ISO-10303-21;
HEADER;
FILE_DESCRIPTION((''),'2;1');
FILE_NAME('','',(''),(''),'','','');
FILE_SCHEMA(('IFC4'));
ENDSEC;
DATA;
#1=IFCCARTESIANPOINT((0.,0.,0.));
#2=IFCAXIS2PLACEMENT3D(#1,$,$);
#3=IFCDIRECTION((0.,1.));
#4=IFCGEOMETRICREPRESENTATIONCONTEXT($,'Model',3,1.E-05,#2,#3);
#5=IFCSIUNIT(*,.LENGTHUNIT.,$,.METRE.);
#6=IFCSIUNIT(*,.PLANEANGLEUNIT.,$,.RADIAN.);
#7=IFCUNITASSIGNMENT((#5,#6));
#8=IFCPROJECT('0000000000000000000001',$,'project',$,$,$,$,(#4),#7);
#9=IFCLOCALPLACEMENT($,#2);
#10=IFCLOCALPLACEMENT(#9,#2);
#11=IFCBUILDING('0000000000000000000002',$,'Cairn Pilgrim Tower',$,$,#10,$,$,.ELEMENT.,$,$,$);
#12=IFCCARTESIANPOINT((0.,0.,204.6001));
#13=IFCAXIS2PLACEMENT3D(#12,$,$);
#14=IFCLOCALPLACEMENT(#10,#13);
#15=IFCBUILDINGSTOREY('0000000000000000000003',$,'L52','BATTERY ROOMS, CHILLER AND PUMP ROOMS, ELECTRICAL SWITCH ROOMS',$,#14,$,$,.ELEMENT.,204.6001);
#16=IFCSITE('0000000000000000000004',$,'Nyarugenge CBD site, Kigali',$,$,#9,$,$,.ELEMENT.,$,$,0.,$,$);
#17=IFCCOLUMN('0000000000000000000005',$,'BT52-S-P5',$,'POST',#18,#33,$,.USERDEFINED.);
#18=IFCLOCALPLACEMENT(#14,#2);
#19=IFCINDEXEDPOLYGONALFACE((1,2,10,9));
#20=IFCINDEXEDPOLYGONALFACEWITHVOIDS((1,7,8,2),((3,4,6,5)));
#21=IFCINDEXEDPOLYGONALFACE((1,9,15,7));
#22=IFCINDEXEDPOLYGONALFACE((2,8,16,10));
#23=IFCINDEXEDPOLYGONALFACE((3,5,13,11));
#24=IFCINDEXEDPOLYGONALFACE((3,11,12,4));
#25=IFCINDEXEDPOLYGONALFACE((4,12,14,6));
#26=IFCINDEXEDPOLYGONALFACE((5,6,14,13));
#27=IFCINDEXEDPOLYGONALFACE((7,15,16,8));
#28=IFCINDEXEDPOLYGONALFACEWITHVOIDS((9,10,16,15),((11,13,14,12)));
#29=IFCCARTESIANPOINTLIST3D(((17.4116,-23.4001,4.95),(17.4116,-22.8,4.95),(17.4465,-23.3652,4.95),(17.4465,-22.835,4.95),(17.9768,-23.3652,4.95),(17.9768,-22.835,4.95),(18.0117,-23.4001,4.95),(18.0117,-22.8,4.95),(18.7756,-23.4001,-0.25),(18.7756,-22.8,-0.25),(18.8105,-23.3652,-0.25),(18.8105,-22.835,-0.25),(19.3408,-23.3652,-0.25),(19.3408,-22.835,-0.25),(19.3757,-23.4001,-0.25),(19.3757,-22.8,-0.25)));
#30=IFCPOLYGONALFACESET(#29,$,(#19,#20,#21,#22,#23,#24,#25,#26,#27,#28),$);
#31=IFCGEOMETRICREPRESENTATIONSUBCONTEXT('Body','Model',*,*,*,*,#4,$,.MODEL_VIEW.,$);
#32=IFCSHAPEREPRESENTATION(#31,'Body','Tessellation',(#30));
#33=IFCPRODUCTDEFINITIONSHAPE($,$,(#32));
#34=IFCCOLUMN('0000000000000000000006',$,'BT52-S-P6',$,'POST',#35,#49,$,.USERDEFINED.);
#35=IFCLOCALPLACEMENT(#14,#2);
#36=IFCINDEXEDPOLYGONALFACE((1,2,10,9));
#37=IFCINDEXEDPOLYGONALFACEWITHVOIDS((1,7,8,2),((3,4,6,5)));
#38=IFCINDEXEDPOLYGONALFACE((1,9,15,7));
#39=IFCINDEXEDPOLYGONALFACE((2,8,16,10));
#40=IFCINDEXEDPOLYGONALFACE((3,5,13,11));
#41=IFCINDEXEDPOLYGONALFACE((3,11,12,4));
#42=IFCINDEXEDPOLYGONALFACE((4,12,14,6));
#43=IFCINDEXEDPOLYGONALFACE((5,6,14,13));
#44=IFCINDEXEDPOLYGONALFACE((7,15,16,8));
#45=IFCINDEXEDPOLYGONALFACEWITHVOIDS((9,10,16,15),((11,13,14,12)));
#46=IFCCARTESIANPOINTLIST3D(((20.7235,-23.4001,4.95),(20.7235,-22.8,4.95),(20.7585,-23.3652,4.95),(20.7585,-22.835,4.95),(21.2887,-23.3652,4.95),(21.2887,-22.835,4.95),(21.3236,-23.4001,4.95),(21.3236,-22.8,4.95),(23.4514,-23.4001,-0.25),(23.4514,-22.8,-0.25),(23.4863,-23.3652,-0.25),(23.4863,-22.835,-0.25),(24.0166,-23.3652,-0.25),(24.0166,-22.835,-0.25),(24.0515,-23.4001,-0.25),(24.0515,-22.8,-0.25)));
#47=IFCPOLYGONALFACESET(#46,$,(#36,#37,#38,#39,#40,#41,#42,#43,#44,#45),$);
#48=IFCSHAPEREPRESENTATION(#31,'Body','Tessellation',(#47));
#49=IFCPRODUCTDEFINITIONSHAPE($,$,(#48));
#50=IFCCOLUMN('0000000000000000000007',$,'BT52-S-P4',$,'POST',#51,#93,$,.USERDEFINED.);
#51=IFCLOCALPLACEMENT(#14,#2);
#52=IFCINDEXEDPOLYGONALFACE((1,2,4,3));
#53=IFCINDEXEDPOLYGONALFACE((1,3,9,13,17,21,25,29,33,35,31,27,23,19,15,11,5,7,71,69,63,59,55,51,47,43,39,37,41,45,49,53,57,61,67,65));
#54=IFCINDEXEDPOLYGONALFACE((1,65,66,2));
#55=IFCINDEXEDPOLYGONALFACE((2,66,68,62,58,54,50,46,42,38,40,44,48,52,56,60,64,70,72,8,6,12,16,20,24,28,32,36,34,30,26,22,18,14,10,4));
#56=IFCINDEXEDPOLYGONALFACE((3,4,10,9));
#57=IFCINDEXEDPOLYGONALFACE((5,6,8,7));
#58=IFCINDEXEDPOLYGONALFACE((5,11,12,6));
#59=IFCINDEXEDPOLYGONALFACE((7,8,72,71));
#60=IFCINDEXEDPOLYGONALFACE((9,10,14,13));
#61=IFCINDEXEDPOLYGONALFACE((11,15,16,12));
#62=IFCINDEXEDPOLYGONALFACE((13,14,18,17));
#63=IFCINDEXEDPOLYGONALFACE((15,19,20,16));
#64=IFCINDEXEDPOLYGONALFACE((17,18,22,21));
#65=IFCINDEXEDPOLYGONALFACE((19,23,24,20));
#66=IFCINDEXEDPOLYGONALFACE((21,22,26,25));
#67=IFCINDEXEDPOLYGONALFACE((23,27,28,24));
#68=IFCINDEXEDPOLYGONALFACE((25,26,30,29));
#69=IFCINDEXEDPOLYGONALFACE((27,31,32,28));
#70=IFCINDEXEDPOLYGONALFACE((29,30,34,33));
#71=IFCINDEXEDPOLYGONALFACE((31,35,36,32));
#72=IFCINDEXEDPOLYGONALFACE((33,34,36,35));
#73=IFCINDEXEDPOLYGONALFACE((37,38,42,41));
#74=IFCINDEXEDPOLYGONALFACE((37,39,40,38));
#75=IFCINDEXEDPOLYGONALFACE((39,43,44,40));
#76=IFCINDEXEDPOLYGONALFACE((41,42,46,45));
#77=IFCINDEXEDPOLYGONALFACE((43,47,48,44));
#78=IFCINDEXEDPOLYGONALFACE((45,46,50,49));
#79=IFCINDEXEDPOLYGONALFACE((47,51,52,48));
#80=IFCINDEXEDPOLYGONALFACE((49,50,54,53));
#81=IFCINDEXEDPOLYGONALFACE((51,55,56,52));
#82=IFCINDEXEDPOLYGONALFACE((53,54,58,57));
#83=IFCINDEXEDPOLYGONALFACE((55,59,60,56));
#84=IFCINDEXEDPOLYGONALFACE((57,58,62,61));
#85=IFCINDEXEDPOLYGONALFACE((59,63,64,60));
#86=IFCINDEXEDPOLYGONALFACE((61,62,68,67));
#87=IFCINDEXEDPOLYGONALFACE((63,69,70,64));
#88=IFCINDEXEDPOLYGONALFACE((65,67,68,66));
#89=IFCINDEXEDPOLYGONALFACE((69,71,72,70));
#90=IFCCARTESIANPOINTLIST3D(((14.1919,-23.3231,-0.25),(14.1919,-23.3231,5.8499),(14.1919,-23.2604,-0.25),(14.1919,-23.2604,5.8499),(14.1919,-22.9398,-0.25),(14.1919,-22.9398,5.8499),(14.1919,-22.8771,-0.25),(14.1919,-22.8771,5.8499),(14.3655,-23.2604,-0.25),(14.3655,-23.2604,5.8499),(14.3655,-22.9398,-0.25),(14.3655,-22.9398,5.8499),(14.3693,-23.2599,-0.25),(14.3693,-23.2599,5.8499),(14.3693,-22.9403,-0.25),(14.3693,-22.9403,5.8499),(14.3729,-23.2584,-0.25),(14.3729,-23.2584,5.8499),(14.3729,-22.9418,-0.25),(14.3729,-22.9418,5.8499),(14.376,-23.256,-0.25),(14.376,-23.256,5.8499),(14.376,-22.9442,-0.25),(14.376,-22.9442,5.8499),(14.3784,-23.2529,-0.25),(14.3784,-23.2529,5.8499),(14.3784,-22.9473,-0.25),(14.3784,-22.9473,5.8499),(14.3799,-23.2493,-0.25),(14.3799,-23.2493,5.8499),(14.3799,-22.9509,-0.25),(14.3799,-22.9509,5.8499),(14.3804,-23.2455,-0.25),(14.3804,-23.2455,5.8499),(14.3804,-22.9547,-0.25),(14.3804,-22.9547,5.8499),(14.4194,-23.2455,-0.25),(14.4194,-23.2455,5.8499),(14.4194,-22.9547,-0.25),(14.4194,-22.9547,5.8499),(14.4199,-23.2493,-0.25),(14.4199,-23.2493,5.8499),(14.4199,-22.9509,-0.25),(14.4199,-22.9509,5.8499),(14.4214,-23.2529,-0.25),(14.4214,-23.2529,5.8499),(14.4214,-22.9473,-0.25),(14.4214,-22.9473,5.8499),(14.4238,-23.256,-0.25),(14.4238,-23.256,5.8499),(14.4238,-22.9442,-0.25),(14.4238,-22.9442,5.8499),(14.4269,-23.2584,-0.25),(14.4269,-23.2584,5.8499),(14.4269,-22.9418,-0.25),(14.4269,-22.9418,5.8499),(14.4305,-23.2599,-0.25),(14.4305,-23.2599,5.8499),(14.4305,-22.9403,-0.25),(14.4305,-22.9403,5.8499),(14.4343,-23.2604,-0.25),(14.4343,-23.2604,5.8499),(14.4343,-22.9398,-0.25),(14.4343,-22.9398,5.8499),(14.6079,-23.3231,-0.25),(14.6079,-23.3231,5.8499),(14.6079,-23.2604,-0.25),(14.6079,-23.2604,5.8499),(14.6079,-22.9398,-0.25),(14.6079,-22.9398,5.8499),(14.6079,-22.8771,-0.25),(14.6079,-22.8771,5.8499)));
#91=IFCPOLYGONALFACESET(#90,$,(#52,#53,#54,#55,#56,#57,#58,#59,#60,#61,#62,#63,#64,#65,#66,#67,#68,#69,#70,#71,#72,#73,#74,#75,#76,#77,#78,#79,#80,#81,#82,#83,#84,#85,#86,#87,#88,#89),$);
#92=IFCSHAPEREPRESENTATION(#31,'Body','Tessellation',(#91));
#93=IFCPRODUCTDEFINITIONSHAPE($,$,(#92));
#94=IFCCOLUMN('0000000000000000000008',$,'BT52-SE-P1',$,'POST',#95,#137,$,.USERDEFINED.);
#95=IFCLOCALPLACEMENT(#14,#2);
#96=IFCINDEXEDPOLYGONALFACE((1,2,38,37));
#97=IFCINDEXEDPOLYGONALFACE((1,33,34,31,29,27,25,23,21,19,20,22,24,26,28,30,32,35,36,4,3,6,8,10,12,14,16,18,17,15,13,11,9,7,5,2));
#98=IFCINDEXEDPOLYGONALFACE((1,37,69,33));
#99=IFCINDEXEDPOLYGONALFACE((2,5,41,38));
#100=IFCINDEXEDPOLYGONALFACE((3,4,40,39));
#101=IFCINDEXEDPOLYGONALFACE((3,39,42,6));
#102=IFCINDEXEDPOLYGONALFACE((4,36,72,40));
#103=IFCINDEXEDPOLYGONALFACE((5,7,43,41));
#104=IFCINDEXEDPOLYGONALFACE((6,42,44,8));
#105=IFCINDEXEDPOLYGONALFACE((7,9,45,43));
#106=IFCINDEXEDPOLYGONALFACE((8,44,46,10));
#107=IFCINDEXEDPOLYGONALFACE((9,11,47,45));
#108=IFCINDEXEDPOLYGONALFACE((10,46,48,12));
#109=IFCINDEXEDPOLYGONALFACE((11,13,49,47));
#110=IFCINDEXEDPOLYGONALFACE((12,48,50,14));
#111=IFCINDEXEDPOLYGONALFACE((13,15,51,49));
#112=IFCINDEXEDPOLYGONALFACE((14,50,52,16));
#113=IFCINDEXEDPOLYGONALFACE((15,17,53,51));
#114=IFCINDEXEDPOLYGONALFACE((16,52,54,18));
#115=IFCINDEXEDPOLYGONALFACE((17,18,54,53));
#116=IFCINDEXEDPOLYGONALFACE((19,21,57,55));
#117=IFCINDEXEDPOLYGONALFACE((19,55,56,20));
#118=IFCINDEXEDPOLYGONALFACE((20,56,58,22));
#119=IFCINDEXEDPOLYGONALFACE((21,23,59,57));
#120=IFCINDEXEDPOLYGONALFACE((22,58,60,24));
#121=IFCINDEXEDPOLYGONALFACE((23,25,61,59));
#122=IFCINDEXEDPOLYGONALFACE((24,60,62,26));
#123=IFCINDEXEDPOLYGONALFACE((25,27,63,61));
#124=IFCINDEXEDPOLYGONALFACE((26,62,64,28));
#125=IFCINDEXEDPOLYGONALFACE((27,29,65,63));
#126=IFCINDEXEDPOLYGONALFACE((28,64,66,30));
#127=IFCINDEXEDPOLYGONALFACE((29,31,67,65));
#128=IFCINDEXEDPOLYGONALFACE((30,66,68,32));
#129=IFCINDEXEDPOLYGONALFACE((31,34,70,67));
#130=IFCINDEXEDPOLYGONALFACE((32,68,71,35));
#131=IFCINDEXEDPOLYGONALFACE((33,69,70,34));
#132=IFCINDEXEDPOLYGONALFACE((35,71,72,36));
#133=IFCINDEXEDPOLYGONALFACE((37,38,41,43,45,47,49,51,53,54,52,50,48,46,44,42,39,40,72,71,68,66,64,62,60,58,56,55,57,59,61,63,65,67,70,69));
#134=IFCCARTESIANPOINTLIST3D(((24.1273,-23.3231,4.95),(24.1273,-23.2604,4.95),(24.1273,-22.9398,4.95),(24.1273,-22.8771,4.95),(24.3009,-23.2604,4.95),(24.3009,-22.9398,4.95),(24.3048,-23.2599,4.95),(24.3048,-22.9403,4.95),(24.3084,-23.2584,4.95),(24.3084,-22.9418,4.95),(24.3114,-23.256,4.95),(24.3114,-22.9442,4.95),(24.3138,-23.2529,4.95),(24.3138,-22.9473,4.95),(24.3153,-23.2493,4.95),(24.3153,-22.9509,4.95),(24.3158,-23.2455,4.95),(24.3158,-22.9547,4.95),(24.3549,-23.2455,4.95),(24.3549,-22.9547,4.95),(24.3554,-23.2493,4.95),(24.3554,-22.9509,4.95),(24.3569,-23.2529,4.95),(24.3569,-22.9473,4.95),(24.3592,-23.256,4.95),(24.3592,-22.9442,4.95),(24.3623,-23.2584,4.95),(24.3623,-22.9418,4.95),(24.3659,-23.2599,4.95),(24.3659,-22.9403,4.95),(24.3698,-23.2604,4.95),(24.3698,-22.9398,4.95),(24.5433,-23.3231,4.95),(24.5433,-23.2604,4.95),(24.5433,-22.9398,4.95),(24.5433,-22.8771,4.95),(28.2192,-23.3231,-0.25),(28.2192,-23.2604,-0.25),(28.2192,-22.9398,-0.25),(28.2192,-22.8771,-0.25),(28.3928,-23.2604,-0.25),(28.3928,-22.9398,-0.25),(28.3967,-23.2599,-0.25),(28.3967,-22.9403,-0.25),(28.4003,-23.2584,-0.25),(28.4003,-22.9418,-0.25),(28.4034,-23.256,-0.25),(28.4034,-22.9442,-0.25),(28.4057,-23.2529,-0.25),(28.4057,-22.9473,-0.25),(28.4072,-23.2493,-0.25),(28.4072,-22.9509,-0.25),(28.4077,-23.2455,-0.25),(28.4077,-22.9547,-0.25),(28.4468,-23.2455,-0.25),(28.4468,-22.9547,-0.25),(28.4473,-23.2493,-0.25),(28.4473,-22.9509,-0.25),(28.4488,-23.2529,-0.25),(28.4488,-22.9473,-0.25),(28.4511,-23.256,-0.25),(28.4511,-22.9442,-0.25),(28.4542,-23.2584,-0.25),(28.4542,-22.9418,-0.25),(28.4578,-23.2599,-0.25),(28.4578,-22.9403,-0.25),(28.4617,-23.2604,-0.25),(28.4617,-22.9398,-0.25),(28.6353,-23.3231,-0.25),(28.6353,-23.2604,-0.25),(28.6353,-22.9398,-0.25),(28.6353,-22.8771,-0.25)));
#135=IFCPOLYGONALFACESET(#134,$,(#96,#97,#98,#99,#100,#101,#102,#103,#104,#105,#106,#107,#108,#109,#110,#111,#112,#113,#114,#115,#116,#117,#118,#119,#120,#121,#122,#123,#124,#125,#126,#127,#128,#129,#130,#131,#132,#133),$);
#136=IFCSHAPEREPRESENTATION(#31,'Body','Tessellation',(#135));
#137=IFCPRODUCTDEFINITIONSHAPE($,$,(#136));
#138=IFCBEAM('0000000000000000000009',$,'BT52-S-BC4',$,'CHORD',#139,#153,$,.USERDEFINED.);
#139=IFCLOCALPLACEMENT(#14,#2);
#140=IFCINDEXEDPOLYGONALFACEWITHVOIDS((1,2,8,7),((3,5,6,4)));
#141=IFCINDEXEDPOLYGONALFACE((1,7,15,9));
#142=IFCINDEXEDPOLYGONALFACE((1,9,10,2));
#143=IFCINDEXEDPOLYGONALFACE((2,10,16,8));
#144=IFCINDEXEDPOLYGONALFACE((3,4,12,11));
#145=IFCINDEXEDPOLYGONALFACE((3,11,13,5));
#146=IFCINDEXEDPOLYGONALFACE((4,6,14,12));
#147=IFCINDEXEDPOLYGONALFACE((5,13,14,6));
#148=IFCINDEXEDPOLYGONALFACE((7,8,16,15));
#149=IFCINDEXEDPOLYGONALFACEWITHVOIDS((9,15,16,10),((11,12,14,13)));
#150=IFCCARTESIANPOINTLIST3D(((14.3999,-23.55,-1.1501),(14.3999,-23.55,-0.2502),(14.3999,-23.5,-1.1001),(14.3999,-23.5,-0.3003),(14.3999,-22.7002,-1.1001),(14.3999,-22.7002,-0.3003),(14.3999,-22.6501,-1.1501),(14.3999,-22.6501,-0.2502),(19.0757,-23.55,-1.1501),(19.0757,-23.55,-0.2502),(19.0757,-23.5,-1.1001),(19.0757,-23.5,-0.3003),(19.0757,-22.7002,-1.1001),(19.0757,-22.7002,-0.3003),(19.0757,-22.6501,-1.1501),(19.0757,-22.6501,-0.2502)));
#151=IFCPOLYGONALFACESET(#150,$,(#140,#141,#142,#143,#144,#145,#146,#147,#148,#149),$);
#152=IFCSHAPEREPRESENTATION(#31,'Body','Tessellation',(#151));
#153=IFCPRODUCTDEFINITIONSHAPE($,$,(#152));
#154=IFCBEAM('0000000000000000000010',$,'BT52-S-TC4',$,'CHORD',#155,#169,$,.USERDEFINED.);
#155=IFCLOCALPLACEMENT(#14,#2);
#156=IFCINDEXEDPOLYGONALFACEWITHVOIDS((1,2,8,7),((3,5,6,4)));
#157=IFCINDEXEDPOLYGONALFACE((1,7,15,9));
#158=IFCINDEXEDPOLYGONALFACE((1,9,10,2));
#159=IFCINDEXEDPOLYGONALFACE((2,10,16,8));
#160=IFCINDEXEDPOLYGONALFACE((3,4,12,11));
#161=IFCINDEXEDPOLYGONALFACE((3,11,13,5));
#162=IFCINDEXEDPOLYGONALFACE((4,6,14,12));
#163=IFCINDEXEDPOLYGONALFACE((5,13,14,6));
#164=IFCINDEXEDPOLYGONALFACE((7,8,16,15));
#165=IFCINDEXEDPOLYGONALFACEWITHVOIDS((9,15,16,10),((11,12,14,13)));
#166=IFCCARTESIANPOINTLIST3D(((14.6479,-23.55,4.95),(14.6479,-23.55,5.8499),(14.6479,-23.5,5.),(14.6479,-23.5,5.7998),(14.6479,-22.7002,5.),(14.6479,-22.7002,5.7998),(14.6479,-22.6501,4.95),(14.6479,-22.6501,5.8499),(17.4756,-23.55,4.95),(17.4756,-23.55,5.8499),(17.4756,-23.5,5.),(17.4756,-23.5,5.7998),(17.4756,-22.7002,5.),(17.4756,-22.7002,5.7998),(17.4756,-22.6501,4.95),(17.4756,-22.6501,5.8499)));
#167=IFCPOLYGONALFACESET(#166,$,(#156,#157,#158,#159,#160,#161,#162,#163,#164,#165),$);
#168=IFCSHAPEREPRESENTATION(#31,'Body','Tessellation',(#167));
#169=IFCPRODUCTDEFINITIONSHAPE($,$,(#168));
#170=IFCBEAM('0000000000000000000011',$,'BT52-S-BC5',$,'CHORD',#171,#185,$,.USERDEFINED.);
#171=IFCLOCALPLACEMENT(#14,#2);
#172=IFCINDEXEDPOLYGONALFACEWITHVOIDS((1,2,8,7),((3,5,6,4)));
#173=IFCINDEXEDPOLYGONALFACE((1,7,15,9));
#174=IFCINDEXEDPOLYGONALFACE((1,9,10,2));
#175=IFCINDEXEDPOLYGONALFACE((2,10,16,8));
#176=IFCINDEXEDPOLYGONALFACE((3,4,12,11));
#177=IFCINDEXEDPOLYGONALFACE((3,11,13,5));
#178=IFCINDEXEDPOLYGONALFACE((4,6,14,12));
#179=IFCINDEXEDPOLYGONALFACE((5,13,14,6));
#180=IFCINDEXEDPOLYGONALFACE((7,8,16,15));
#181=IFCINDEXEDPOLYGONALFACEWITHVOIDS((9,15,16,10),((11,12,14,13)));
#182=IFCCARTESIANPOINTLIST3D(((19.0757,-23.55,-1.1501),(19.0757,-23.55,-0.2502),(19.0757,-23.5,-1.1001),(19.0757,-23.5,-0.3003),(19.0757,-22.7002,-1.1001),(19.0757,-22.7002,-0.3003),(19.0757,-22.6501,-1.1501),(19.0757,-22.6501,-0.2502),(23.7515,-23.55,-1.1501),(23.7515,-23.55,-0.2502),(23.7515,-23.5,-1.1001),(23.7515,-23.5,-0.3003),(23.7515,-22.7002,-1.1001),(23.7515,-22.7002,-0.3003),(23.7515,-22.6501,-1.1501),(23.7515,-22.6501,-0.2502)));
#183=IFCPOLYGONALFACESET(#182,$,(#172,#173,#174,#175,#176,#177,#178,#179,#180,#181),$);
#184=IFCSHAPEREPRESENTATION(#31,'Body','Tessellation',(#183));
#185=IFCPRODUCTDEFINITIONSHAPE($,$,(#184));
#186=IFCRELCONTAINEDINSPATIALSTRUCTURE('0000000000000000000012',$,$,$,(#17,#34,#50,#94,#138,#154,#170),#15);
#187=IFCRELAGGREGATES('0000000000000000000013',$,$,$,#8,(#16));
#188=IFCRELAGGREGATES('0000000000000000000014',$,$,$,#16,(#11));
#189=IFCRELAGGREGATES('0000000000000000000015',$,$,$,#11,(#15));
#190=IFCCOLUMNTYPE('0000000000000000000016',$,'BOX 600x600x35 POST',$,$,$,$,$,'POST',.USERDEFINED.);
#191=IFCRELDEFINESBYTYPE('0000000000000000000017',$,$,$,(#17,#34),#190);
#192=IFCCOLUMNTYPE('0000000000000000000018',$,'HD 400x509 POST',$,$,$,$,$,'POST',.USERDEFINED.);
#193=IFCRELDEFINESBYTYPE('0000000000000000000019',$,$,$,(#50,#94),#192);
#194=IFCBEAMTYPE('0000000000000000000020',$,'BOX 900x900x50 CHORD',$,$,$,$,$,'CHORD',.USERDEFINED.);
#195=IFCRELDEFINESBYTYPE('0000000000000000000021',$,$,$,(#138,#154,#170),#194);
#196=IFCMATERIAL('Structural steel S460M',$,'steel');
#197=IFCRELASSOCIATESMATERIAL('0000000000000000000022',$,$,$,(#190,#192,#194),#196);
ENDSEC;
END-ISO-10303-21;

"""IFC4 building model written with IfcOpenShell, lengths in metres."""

from ifc_helpers import new_model, si_unit, direction, frame, origin, origin_2d, place, context, subcontext, project, spatial, hollow_rectangle, i_section, extrude, clip, halfspace, material, material_profile, profile_set, type_object, element, save


model = new_model("IFC4")

# Units and contexts
model_context = context("Model", 3, precision=1e-05, world=origin(), true_north=direction((0.0, 1.0)))
body_context = subcontext(model_context, "Body", "Model", "MODEL_VIEW")
ifc_project = project(units=[si_unit("LENGTHUNIT", "METRE"), si_unit("PLANEANGLEUNIT", "RADIAN")], contexts=[model_context])

# Site, building, storey
site_placement = place(None, origin())
site = spatial("IfcSite", under=ifc_project, at=site_placement, Name="Nyarugenge CBD site, Kigali", CompositionType="ELEMENT", RefElevation=0.0)
building_placement = place(site_placement, origin())
building = spatial("IfcBuilding", under=site, at=building_placement, Name="Cairn Pilgrim Tower", CompositionType="ELEMENT")
storey_placement = place(building_placement, frame((0.0, 0.0, 204.6001)))
storey = spatial("IfcBuildingStorey", under=building, at=storey_placement, Name="L52", Description="BATTERY ROOMS, CHILLER AND PUMP ROOMS, ELECTRICAL SWITCH ROOMS", CompositionType="ELEMENT", Elevation=204.6001)

# Columns
ifc_material_1 = material(Name="Structural steel S460M", Category="steel")
ifc_material_profile_1 = material_profile(ifc_material_1, hollow_rectangle(XDim=0.6001, YDim=0.6001, WallThickness=0.0349, at=origin_2d()), Name="BOX 600x600x35")
ifc_profile_set_1 = profile_set([ifc_material_profile_1], Name="Structural steel S460M")
column_type_1 = type_object("IfcColumnType", Name="BOX 600x600x35 POST", ElementType="POST", PredefinedType="USERDEFINED", material=ifc_profile_set_1)
column_1_placement = place(storey_placement, frame((19.0757, -23.1001, -0.25), z_axis=(0.0, 0.0, 1.0), x_axis=(1.0, 0.0, 0.0)))
element("IfcColumn", 1, at=column_1_placement, inside=storey, type_object=column_type_1, Name="BT52-S-P5", ObjectType="POST", PredefinedType="USERDEFINED", context=body_context, shape_type="Clipping", body=[
    clip(extrude(hollow_rectangle(XDim=0.6001, YDim=0.6001, WallThickness=0.0349, at=origin_2d()), origin(), (-0.253733, 0.0, 0.967274), 6.3062), halfspace(frame((0.0, 0.0, 5.2), z_axis=(0.0, 0.0, 1.0), x_axis=(1.0, 0.0, 0.0)), False)),
])
column_2_placement = place(storey_placement, frame((23.7515, -23.1001, -0.25), z_axis=(0.0, 0.0, 1.0), x_axis=(1.0, 0.0, 0.0)))
element("IfcColumn", 2, at=column_2_placement, inside=storey, type_object=column_type_1, Name="BT52-S-P6", ObjectType="POST", PredefinedType="USERDEFINED", context=body_context, shape_type="Clipping", body=[
    clip(extrude(hollow_rectangle(XDim=0.6001, YDim=0.6001, WallThickness=0.0349, at=origin_2d()), origin(), (-0.464553, 0.0, 0.885546), 6.8882), halfspace(frame((0.0, 0.0, 5.2), z_axis=(0.0, 0.0, 1.0), x_axis=(1.0, 0.0, 0.0)), False)),
])
ifc_material_profile_2 = material_profile(ifc_material_1, i_section(OverallWidth=0.416, OverallDepth=0.446, WebThickness=0.0391, FlangeThickness=0.0627, FilletRadius=0.0149, at=origin_2d()), Name="HD 400x509")
ifc_profile_set_2 = profile_set([ifc_material_profile_2], Name="Structural steel S460M")
column_type_2 = type_object("IfcColumnType", Name="HD 400x509 POST", ElementType="POST", PredefinedType="USERDEFINED", material=ifc_profile_set_2)
column_3_placement = place(storey_placement, frame((14.3999, -23.1001, -0.25), z_axis=(0.0, 0.0, 1.0), x_axis=(1.0, 0.0, 0.0)))
element("IfcColumn", 3, at=column_3_placement, inside=storey, type_object=column_type_2, Name="BT52-S-P4", ObjectType="POST", PredefinedType="USERDEFINED", context=body_context, shape_type="SweptSolid", body=[
    extrude(i_section(OverallWidth=0.416, OverallDepth=0.446, WebThickness=0.0391, FlangeThickness=0.0627, FilletRadius=0.0149, at=origin_2d()), origin(), (0.0, 0.0, 1.0), 6.0999),
])
column_4_placement = place(storey_placement, frame((28.4272, -23.1001, -0.25), z_axis=(0.0, 0.0, 1.0), x_axis=(1.0, 0.0, 0.0)))
element("IfcColumn", 4, at=column_4_placement, inside=storey, type_object=column_type_2, Name="BT52-SE-P1", ObjectType="POST", PredefinedType="USERDEFINED", context=body_context, shape_type="Clipping", body=[
    clip(extrude(i_section(OverallWidth=0.416, OverallDepth=0.446, WebThickness=0.0391, FlangeThickness=0.0627, FilletRadius=0.0149, at=origin_2d()), origin(), (-0.618403, 0.0, 0.785861), 7.762), halfspace(frame((0.0, 0.0, 5.2), z_axis=(0.0, 0.0, 1.0), x_axis=(1.0, 0.0, 0.0)), False)),
])

# Beams
ifc_material_profile_3 = material_profile(ifc_material_1, hollow_rectangle(XDim=0.8999, YDim=0.8999, WallThickness=0.05, at=origin_2d()), Name="BOX 900x900x50")
ifc_profile_set_3 = profile_set([ifc_material_profile_3], Name="Structural steel S460M")
beam_type_1 = type_object("IfcBeamType", Name="BOX 900x900x50 CHORD", ElementType="CHORD", PredefinedType="USERDEFINED", material=ifc_profile_set_3)
beam_1_placement = place(storey_placement, frame((14.3999, -23.1001, -0.7002), z_axis=(1.0, 0.0, 0.0), x_axis=(0.0, 1.0, 0.0)))
element("IfcBeam", 5, at=beam_1_placement, inside=storey, type_object=beam_type_1, Name="BT52-S-BC4", ObjectType="CHORD", PredefinedType="USERDEFINED", context=body_context, shape_type="SweptSolid", body=[
    extrude(hollow_rectangle(XDim=0.8999, YDim=0.8999, WallThickness=0.05, at=origin_2d()), origin(), (0.0, 0.0, 1.0), 4.6758),
])
beam_2_placement = place(storey_placement, frame((14.6479, -23.1001, 5.3999), z_axis=(1.0, 0.0, 0.0), x_axis=(0.0, 1.0, 0.0)))
element("IfcBeam", 6, at=beam_2_placement, inside=storey, type_object=beam_type_1, Name="BT52-S-TC4", ObjectType="CHORD", PredefinedType="USERDEFINED", context=body_context, shape_type="SweptSolid", body=[
    extrude(hollow_rectangle(XDim=0.8999, YDim=0.8999, WallThickness=0.05, at=origin_2d()), origin(), (0.0, 0.0, 1.0), 2.8276),
])
beam_3_placement = place(storey_placement, frame((19.0757, -23.1001, -0.7002), z_axis=(1.0, 0.0, 0.0), x_axis=(0.0, 1.0, 0.0)))
element("IfcBeam", 7, at=beam_3_placement, inside=storey, type_object=beam_type_1, Name="BT52-S-BC5", ObjectType="CHORD", PredefinedType="USERDEFINED", context=body_context, shape_type="SweptSolid", body=[
    extrude(hollow_rectangle(XDim=0.8999, YDim=0.8999, WallThickness=0.05, at=origin_2d()), origin(), (0.0, 0.0, 1.0), 4.6758),
])

save(model, "model.ifc")
